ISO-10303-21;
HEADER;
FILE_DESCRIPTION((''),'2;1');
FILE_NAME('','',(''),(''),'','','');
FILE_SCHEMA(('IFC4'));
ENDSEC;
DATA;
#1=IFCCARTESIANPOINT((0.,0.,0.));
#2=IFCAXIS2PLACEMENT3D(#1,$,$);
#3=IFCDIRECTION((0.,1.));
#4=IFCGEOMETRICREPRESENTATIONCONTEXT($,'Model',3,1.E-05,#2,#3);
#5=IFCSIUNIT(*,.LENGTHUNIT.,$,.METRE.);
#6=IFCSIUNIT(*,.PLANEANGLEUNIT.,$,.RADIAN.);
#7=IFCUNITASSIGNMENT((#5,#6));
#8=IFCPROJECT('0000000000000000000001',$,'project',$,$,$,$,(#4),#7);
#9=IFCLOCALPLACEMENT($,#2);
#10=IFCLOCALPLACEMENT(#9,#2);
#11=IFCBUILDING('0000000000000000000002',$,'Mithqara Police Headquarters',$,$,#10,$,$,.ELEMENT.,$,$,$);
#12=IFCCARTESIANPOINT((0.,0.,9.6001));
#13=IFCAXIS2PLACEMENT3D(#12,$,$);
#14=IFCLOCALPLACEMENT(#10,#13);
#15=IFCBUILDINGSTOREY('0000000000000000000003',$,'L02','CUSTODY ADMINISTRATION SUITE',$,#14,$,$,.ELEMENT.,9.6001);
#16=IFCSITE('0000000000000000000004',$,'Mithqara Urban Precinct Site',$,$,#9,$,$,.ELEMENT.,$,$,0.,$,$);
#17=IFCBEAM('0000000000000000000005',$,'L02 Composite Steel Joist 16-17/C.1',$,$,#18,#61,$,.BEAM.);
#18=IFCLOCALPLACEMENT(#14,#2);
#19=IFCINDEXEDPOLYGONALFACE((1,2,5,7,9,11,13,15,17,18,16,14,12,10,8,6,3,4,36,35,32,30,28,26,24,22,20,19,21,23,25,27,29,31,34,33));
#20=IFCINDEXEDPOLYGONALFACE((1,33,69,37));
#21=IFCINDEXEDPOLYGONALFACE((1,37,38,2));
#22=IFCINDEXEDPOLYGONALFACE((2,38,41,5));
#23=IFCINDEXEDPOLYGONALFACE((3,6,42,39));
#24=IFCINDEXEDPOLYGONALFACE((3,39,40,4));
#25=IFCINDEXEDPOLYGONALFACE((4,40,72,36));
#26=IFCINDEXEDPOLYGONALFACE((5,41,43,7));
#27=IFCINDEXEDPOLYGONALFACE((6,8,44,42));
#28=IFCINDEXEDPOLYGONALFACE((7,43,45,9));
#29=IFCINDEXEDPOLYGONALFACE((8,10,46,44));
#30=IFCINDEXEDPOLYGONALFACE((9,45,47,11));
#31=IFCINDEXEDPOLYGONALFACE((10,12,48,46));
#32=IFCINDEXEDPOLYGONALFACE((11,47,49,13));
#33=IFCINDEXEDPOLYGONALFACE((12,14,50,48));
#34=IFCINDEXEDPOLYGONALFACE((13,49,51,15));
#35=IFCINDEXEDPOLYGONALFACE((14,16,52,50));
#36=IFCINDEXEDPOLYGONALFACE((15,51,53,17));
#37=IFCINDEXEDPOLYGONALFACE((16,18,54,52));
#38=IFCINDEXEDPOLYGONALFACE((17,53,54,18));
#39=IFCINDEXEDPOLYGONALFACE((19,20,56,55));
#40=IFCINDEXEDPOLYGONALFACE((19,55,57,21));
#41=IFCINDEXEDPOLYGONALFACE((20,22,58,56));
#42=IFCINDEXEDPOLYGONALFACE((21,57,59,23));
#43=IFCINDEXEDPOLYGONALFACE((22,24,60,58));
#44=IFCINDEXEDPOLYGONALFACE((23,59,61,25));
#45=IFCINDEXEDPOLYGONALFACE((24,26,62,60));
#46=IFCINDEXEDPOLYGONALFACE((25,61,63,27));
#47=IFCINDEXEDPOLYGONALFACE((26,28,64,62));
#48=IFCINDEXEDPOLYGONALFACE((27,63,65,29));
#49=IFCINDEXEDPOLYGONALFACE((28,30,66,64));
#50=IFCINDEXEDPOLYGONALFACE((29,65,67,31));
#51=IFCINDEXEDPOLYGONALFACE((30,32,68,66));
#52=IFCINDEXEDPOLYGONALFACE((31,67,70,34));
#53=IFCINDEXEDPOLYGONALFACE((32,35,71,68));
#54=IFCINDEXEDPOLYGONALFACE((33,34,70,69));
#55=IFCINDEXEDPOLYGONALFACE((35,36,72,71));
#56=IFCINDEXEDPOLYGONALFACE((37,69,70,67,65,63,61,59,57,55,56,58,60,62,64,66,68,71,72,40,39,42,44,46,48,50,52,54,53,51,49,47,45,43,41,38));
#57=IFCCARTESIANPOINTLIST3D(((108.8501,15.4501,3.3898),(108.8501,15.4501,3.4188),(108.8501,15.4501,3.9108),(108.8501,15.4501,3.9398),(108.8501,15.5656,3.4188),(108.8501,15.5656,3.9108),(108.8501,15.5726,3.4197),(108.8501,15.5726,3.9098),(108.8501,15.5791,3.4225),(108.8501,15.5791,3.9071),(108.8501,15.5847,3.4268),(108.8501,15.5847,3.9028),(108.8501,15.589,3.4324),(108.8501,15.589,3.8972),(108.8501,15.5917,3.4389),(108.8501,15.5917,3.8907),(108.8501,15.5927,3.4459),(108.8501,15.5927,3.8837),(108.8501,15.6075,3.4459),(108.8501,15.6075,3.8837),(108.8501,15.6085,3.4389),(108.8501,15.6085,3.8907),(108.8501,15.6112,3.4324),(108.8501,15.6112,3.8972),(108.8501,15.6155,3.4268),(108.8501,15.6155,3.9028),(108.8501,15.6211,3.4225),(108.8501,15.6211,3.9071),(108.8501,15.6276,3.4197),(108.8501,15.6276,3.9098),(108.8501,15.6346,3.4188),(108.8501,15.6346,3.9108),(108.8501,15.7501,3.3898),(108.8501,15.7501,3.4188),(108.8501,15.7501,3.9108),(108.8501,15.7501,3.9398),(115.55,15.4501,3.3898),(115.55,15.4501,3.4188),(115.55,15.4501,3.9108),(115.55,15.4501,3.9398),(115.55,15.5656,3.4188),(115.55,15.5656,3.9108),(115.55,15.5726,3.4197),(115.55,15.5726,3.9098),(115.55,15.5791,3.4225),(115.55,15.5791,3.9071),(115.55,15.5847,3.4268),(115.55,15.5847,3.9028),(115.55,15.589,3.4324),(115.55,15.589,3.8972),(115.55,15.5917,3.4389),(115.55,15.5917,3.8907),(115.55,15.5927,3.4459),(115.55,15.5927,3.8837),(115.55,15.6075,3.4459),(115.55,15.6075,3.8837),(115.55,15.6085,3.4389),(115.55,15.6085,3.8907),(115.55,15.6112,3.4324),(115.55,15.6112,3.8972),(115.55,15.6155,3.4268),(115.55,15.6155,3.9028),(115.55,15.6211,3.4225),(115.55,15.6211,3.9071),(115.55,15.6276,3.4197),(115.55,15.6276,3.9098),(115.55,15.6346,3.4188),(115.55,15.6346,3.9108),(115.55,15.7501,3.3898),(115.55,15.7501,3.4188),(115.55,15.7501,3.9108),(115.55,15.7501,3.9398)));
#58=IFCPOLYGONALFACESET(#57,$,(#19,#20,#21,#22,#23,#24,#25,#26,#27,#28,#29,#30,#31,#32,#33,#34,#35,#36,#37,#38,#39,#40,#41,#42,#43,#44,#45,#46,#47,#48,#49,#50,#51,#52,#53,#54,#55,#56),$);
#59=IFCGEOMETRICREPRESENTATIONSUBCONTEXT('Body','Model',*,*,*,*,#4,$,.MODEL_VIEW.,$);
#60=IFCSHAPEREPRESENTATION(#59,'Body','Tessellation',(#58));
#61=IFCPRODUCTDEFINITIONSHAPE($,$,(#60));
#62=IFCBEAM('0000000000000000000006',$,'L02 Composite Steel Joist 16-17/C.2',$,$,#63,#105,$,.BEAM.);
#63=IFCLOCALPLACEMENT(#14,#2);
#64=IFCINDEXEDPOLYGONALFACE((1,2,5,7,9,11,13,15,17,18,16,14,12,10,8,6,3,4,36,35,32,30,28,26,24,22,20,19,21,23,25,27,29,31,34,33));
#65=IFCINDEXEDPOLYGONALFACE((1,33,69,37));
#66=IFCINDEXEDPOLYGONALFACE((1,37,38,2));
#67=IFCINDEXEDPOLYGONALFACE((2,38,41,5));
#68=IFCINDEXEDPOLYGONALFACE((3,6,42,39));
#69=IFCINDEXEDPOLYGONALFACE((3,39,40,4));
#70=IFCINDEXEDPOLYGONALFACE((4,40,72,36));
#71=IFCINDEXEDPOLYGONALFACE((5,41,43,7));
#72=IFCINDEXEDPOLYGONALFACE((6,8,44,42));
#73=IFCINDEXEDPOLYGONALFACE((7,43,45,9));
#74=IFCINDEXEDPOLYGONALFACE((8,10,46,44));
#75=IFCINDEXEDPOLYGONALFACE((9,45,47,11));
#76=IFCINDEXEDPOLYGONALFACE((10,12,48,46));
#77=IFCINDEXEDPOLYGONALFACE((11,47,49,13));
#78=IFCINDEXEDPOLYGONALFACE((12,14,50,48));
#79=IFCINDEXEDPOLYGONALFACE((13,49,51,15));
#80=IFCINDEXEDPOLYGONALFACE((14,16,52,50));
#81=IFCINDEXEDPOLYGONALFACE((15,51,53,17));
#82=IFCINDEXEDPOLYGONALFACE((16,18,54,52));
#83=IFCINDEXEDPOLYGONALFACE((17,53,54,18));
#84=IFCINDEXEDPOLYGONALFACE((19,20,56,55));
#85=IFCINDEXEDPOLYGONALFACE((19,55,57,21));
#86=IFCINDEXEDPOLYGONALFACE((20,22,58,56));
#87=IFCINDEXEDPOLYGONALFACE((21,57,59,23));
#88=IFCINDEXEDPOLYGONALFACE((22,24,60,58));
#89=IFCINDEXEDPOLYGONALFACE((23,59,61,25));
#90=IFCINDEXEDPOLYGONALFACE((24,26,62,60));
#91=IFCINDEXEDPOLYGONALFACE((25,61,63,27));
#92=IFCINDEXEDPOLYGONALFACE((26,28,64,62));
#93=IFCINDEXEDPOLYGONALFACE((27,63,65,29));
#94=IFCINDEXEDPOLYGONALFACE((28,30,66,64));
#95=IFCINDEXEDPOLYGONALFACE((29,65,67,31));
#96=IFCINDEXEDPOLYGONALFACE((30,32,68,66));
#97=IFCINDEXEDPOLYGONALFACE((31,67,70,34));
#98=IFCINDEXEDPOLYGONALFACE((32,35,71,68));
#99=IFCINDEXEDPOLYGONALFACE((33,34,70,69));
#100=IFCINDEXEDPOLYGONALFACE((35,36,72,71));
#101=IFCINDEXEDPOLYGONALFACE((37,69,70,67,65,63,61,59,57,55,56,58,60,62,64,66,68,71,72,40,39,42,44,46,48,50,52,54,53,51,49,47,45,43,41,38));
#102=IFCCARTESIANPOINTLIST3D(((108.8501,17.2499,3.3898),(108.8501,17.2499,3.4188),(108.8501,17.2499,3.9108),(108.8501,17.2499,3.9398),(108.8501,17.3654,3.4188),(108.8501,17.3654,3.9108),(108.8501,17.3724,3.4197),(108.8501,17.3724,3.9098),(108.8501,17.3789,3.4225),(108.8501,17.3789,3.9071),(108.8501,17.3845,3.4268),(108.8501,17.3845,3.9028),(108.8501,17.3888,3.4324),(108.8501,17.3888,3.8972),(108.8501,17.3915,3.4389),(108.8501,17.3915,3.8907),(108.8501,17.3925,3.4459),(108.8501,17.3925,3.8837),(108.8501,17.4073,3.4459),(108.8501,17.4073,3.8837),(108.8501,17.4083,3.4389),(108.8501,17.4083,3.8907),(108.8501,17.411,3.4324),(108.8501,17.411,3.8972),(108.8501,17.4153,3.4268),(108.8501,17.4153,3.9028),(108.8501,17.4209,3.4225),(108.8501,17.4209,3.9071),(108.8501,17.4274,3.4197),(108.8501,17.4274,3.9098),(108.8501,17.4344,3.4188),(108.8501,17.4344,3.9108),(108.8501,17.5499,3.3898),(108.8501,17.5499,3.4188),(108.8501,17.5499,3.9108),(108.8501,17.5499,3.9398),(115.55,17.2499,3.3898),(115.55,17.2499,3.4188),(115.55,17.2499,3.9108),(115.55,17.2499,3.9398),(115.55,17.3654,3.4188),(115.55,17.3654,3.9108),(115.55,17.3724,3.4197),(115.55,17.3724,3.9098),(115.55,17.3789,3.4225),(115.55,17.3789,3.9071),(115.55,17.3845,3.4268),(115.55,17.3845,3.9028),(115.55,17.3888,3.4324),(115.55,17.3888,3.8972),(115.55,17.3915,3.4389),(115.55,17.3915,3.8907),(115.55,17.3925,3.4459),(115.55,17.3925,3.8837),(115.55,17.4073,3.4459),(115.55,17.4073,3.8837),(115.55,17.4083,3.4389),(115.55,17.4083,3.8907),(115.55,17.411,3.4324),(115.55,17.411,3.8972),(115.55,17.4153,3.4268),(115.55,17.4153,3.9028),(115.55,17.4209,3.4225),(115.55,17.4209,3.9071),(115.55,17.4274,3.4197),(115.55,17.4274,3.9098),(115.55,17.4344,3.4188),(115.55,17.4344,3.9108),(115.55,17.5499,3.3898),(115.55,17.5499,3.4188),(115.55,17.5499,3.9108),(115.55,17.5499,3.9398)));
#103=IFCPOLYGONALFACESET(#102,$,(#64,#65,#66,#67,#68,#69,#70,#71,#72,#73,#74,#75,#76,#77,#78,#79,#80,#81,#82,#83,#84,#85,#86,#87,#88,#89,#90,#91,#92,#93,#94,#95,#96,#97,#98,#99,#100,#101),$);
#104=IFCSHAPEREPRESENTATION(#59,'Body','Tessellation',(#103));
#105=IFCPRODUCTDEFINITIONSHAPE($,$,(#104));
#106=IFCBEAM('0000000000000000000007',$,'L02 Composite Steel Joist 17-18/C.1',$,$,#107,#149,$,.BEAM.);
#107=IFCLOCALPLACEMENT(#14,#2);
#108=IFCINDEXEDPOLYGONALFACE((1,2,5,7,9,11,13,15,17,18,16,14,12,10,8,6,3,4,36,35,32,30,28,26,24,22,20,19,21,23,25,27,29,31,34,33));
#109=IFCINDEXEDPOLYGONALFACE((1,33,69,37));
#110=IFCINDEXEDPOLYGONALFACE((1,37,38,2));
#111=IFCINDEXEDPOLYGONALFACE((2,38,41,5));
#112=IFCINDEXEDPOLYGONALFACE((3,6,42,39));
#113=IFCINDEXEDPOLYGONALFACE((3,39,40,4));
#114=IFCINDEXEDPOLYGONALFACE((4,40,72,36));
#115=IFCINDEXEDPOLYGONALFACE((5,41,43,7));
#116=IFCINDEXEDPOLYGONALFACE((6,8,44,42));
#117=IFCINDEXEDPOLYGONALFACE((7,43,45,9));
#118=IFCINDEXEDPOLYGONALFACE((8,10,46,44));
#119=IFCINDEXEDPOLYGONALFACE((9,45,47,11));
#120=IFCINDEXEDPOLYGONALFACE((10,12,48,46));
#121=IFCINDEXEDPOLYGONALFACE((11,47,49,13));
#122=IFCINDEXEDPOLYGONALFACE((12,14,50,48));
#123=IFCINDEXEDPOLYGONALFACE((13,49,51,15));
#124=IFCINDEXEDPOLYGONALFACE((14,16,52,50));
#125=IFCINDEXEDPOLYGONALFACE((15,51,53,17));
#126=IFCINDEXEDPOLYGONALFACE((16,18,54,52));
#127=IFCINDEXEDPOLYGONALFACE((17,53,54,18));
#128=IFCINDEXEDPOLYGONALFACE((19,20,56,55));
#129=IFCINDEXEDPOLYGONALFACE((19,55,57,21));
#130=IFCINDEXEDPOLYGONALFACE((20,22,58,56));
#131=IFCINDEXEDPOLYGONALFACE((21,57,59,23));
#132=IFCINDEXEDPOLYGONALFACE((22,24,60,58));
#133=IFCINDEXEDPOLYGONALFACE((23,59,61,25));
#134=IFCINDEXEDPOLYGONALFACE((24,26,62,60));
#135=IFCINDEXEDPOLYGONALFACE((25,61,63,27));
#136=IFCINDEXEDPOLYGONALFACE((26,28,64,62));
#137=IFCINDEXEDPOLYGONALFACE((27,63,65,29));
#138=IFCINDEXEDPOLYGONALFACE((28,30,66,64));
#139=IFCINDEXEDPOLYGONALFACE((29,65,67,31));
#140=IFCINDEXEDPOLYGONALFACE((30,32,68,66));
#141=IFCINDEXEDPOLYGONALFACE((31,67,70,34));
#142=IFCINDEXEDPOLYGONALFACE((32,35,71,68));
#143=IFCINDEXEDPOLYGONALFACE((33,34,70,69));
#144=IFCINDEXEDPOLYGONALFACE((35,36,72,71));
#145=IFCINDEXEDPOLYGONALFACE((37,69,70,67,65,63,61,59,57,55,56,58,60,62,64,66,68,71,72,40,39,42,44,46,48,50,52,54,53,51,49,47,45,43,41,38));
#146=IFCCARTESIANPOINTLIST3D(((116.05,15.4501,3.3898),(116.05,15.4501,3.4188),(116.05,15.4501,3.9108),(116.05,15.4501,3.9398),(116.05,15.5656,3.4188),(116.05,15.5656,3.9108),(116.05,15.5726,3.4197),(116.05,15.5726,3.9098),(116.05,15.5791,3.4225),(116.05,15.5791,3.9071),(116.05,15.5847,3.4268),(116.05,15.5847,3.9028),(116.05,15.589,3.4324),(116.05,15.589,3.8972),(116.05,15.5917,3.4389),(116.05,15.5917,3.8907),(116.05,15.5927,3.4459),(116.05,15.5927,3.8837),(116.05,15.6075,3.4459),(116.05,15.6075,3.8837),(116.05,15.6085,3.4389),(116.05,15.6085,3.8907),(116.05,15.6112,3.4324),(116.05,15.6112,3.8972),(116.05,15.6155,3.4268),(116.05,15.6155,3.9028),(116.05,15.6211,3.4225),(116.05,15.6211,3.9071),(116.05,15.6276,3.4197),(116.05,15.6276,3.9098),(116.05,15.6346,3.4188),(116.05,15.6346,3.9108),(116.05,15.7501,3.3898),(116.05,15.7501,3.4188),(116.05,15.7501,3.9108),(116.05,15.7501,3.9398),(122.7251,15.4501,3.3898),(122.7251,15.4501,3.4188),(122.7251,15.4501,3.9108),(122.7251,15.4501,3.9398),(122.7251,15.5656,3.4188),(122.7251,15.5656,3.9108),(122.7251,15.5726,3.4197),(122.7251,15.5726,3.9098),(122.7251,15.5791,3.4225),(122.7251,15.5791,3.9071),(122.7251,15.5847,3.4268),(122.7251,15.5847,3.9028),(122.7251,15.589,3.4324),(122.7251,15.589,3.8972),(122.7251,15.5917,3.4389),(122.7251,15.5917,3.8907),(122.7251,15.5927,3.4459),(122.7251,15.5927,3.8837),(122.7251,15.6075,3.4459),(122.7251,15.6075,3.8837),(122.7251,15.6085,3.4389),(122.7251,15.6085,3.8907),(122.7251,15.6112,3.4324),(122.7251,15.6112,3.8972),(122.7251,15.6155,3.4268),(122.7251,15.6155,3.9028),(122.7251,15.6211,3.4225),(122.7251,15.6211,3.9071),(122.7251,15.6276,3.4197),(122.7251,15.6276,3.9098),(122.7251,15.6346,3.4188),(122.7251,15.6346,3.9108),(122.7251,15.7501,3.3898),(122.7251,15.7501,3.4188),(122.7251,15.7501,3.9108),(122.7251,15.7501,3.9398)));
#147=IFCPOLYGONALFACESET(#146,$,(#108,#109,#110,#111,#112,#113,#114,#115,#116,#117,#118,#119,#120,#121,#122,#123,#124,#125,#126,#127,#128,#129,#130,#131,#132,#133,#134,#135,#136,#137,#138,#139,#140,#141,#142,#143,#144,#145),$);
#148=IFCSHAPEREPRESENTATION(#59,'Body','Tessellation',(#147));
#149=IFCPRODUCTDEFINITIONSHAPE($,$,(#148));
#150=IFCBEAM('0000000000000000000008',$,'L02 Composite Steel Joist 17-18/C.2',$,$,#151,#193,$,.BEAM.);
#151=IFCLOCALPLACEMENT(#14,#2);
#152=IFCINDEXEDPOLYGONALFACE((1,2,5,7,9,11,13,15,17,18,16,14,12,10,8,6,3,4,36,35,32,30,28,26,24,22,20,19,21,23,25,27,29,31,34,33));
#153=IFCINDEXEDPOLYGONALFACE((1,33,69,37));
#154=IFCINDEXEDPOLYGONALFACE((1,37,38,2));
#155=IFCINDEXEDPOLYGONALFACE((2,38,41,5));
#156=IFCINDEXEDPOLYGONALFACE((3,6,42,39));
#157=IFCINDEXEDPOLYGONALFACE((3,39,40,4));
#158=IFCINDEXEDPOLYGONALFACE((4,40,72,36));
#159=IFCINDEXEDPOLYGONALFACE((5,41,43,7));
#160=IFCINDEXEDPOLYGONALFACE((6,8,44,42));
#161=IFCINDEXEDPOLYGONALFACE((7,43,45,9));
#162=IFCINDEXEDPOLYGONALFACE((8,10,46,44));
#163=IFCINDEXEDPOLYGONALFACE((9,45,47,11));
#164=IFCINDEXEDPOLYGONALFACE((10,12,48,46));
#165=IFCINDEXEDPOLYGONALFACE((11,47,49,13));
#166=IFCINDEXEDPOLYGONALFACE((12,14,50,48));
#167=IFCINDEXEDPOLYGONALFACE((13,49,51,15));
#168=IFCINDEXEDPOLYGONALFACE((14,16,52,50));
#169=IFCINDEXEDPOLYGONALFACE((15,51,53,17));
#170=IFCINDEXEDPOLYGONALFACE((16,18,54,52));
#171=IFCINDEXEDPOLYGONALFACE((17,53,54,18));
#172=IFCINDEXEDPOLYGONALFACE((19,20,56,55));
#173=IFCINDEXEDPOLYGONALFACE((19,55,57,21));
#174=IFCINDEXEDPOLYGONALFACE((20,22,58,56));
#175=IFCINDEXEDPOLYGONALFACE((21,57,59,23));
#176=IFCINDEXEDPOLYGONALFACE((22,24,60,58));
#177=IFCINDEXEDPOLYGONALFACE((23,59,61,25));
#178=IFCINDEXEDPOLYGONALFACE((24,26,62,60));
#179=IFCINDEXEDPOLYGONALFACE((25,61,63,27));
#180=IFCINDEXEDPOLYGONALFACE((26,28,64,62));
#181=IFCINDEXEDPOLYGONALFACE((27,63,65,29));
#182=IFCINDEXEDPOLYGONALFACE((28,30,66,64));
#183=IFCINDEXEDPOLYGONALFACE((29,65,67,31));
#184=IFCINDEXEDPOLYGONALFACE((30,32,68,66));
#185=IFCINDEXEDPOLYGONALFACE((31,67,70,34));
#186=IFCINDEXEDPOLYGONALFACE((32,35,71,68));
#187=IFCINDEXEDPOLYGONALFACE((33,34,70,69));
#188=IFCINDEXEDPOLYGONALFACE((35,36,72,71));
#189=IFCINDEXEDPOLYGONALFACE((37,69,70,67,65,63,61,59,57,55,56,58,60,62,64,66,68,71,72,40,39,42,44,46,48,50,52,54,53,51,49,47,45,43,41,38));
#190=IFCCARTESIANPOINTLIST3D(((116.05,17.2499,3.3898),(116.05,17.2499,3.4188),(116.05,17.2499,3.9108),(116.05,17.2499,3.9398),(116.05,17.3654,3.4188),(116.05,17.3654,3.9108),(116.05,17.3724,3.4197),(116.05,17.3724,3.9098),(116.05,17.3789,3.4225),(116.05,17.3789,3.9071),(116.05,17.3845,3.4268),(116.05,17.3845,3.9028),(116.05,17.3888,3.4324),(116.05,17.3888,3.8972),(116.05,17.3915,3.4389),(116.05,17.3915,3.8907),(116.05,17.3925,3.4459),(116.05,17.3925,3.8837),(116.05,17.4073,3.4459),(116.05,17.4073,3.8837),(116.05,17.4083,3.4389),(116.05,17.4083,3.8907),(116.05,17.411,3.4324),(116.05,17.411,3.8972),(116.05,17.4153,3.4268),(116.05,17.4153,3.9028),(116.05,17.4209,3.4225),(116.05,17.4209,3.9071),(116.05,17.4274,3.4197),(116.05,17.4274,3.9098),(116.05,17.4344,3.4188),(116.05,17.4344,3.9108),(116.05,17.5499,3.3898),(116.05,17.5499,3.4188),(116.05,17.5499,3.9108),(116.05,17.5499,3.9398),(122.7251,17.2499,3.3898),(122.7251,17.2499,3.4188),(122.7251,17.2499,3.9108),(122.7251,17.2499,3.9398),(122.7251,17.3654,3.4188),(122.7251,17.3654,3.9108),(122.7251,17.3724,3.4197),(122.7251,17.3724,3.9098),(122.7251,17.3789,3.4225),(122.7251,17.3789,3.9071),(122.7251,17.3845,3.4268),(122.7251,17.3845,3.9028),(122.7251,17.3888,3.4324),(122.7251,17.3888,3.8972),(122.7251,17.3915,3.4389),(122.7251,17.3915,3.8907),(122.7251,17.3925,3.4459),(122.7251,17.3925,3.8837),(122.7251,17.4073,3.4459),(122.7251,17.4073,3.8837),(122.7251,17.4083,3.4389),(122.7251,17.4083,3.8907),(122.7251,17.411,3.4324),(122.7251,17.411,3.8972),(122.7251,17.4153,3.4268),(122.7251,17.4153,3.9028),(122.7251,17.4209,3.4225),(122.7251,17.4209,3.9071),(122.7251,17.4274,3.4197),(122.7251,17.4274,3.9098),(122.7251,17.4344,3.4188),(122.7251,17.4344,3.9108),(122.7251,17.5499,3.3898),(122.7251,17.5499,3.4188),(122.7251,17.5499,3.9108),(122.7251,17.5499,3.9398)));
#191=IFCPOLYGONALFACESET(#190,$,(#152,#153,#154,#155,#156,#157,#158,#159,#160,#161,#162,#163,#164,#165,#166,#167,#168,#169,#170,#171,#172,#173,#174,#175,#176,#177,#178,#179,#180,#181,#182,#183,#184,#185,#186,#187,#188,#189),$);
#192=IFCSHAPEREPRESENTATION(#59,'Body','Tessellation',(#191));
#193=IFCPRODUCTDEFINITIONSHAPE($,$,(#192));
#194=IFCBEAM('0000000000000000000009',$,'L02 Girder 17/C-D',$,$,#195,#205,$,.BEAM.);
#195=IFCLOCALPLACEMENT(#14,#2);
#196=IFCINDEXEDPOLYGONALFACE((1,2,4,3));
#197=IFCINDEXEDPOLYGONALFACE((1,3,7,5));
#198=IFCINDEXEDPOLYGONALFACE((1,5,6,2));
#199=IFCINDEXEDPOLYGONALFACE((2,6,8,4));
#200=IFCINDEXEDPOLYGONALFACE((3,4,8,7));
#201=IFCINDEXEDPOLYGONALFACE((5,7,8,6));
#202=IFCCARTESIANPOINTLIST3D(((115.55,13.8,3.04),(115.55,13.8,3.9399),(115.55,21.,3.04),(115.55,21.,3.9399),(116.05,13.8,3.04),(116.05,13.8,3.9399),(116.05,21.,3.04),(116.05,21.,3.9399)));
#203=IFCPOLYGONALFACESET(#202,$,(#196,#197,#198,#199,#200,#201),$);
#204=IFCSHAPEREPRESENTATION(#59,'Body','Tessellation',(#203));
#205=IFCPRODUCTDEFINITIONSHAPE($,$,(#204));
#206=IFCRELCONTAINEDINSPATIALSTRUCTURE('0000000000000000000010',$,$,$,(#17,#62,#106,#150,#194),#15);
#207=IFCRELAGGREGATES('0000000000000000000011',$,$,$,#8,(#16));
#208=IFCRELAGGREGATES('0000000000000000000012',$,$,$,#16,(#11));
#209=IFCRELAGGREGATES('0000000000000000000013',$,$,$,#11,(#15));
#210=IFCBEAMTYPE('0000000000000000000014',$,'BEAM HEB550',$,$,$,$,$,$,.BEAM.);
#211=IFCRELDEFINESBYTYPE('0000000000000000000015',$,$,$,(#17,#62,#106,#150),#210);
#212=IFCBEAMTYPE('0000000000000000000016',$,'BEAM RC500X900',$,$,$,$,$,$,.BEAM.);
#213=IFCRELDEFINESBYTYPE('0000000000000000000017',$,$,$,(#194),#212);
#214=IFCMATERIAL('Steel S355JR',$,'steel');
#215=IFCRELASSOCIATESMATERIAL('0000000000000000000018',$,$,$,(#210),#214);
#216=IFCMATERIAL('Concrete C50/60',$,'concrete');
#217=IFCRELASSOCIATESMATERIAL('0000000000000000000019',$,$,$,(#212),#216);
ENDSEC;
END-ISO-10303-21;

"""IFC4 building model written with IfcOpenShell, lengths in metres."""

from ifc_helpers import new_model, si_unit, direction, frame, origin, origin_2d, place, context, subcontext, project, spatial, rectangle, i_section, extrude, material, material_profile, profile_set, type_object, element, save


model = new_model("IFC4")

# Units and contexts
model_context = context("Model", 3, precision=1e-05, world=origin(), true_north=direction((0.0, 1.0)))
body_context = subcontext(model_context, "Body", "Model", "MODEL_VIEW")
ifc_project = project(units=[si_unit("LENGTHUNIT", "METRE"), si_unit("PLANEANGLEUNIT", "RADIAN")], contexts=[model_context])

# Site, building, storey
site_placement = place(None, origin())
site = spatial("IfcSite", under=ifc_project, at=site_placement, Name="Mithqara Urban Precinct Site", CompositionType="ELEMENT", RefElevation=0.0)
building_placement = place(site_placement, origin())
building = spatial("IfcBuilding", under=site, at=building_placement, Name="Mithqara Police Headquarters", CompositionType="ELEMENT")
storey_placement = place(building_placement, frame((0.0, 0.0, 9.6001)))
storey = spatial("IfcBuildingStorey", under=building, at=storey_placement, Name="L02", Description="CUSTODY ADMINISTRATION SUITE", CompositionType="ELEMENT", Elevation=9.6001)

# Beams
ifc_material_1 = material(Name="Steel S355JR", Category="steel")
ifc_material_profile_1 = material_profile(ifc_material_1, i_section(OverallWidth=0.3, OverallDepth=0.55, WebThickness=0.0149, FlangeThickness=0.0291, FilletRadius=0.0271, at=origin_2d()), Name="HEB 550")
ifc_profile_set_1 = profile_set([ifc_material_profile_1], Name="Steel S355JR")
beam_type_1 = type_object("IfcBeamType", Name="BEAM HEB550", PredefinedType="BEAM", material=ifc_profile_set_1)
for number, where, z_axis, x_axis, name in (
    (1, (108.8501, 15.6001, 3.6648), (1.0, 0.0, 0.0), (0.0, 1.0, 0.0), "L02 Composite Steel Joist 16-17/C.1"),
    (2, (108.8501, 17.3999, 3.6648), (1.0, 0.0, 0.0), (0.0, 1.0, 0.0), "L02 Composite Steel Joist 16-17/C.2"),
):
    element("IfcBeam", number, at=place(storey_placement, frame(where, z_axis=z_axis, x_axis=x_axis)), inside=storey, type_object=beam_type_1, Name=name, PredefinedType="BEAM", context=body_context, shape_type="SweptSolid", body=[
        extrude(i_section(OverallWidth=0.3, OverallDepth=0.55, WebThickness=0.0149, FlangeThickness=0.0291, FilletRadius=0.0271, at=origin_2d()), origin(), (0.0, 0.0, 1.0), 6.7),
    ])
for number, where, z_axis, x_axis, name in (
    (3, (116.05, 15.6001, 3.6648), (1.0, 0.0, 0.0), (0.0, 1.0, 0.0), "L02 Composite Steel Joist 17-18/C.1"),
    (4, (116.05, 17.3999, 3.6648), (1.0, 0.0, 0.0), (0.0, 1.0, 0.0), "L02 Composite Steel Joist 17-18/C.2"),
):
    element("IfcBeam", number, at=place(storey_placement, frame(where, z_axis=z_axis, x_axis=x_axis)), inside=storey, type_object=beam_type_1, Name=name, PredefinedType="BEAM", context=body_context, shape_type="SweptSolid", body=[
        extrude(i_section(OverallWidth=0.3, OverallDepth=0.55, WebThickness=0.0149, FlangeThickness=0.0291, FilletRadius=0.0271, at=origin_2d()), origin(), (0.0, 0.0, 1.0), 6.675),
    ])
ifc_material_2 = material(Name="Concrete C50/60", Category="concrete")
ifc_material_profile_2 = material_profile(ifc_material_2, rectangle(XDim=0.5, YDim=0.8999, at=origin_2d()), Name="RC 500x900")
ifc_profile_set_2 = profile_set([ifc_material_profile_2], Name="Concrete C50/60")
beam_type_2 = type_object("IfcBeamType", Name="BEAM RC500X900", PredefinedType="BEAM", material=ifc_profile_set_2)
beam_placement = place(storey_placement, frame((115.8, 13.8, 3.49), z_axis=(0.0, 1.0, 0.0), x_axis=(-1.0, 0.0, 0.0)))
element("IfcBeam", 5, at=beam_placement, inside=storey, type_object=beam_type_2, Name="L02 Girder 17/C-D", PredefinedType="BEAM", context=body_context, shape_type="SweptSolid", body=[
    extrude(rectangle(XDim=0.5, YDim=0.8999, at=origin_2d()), origin(), (0.0, 0.0, 1.0), 7.2),
])

save(model, "model.ifc")
